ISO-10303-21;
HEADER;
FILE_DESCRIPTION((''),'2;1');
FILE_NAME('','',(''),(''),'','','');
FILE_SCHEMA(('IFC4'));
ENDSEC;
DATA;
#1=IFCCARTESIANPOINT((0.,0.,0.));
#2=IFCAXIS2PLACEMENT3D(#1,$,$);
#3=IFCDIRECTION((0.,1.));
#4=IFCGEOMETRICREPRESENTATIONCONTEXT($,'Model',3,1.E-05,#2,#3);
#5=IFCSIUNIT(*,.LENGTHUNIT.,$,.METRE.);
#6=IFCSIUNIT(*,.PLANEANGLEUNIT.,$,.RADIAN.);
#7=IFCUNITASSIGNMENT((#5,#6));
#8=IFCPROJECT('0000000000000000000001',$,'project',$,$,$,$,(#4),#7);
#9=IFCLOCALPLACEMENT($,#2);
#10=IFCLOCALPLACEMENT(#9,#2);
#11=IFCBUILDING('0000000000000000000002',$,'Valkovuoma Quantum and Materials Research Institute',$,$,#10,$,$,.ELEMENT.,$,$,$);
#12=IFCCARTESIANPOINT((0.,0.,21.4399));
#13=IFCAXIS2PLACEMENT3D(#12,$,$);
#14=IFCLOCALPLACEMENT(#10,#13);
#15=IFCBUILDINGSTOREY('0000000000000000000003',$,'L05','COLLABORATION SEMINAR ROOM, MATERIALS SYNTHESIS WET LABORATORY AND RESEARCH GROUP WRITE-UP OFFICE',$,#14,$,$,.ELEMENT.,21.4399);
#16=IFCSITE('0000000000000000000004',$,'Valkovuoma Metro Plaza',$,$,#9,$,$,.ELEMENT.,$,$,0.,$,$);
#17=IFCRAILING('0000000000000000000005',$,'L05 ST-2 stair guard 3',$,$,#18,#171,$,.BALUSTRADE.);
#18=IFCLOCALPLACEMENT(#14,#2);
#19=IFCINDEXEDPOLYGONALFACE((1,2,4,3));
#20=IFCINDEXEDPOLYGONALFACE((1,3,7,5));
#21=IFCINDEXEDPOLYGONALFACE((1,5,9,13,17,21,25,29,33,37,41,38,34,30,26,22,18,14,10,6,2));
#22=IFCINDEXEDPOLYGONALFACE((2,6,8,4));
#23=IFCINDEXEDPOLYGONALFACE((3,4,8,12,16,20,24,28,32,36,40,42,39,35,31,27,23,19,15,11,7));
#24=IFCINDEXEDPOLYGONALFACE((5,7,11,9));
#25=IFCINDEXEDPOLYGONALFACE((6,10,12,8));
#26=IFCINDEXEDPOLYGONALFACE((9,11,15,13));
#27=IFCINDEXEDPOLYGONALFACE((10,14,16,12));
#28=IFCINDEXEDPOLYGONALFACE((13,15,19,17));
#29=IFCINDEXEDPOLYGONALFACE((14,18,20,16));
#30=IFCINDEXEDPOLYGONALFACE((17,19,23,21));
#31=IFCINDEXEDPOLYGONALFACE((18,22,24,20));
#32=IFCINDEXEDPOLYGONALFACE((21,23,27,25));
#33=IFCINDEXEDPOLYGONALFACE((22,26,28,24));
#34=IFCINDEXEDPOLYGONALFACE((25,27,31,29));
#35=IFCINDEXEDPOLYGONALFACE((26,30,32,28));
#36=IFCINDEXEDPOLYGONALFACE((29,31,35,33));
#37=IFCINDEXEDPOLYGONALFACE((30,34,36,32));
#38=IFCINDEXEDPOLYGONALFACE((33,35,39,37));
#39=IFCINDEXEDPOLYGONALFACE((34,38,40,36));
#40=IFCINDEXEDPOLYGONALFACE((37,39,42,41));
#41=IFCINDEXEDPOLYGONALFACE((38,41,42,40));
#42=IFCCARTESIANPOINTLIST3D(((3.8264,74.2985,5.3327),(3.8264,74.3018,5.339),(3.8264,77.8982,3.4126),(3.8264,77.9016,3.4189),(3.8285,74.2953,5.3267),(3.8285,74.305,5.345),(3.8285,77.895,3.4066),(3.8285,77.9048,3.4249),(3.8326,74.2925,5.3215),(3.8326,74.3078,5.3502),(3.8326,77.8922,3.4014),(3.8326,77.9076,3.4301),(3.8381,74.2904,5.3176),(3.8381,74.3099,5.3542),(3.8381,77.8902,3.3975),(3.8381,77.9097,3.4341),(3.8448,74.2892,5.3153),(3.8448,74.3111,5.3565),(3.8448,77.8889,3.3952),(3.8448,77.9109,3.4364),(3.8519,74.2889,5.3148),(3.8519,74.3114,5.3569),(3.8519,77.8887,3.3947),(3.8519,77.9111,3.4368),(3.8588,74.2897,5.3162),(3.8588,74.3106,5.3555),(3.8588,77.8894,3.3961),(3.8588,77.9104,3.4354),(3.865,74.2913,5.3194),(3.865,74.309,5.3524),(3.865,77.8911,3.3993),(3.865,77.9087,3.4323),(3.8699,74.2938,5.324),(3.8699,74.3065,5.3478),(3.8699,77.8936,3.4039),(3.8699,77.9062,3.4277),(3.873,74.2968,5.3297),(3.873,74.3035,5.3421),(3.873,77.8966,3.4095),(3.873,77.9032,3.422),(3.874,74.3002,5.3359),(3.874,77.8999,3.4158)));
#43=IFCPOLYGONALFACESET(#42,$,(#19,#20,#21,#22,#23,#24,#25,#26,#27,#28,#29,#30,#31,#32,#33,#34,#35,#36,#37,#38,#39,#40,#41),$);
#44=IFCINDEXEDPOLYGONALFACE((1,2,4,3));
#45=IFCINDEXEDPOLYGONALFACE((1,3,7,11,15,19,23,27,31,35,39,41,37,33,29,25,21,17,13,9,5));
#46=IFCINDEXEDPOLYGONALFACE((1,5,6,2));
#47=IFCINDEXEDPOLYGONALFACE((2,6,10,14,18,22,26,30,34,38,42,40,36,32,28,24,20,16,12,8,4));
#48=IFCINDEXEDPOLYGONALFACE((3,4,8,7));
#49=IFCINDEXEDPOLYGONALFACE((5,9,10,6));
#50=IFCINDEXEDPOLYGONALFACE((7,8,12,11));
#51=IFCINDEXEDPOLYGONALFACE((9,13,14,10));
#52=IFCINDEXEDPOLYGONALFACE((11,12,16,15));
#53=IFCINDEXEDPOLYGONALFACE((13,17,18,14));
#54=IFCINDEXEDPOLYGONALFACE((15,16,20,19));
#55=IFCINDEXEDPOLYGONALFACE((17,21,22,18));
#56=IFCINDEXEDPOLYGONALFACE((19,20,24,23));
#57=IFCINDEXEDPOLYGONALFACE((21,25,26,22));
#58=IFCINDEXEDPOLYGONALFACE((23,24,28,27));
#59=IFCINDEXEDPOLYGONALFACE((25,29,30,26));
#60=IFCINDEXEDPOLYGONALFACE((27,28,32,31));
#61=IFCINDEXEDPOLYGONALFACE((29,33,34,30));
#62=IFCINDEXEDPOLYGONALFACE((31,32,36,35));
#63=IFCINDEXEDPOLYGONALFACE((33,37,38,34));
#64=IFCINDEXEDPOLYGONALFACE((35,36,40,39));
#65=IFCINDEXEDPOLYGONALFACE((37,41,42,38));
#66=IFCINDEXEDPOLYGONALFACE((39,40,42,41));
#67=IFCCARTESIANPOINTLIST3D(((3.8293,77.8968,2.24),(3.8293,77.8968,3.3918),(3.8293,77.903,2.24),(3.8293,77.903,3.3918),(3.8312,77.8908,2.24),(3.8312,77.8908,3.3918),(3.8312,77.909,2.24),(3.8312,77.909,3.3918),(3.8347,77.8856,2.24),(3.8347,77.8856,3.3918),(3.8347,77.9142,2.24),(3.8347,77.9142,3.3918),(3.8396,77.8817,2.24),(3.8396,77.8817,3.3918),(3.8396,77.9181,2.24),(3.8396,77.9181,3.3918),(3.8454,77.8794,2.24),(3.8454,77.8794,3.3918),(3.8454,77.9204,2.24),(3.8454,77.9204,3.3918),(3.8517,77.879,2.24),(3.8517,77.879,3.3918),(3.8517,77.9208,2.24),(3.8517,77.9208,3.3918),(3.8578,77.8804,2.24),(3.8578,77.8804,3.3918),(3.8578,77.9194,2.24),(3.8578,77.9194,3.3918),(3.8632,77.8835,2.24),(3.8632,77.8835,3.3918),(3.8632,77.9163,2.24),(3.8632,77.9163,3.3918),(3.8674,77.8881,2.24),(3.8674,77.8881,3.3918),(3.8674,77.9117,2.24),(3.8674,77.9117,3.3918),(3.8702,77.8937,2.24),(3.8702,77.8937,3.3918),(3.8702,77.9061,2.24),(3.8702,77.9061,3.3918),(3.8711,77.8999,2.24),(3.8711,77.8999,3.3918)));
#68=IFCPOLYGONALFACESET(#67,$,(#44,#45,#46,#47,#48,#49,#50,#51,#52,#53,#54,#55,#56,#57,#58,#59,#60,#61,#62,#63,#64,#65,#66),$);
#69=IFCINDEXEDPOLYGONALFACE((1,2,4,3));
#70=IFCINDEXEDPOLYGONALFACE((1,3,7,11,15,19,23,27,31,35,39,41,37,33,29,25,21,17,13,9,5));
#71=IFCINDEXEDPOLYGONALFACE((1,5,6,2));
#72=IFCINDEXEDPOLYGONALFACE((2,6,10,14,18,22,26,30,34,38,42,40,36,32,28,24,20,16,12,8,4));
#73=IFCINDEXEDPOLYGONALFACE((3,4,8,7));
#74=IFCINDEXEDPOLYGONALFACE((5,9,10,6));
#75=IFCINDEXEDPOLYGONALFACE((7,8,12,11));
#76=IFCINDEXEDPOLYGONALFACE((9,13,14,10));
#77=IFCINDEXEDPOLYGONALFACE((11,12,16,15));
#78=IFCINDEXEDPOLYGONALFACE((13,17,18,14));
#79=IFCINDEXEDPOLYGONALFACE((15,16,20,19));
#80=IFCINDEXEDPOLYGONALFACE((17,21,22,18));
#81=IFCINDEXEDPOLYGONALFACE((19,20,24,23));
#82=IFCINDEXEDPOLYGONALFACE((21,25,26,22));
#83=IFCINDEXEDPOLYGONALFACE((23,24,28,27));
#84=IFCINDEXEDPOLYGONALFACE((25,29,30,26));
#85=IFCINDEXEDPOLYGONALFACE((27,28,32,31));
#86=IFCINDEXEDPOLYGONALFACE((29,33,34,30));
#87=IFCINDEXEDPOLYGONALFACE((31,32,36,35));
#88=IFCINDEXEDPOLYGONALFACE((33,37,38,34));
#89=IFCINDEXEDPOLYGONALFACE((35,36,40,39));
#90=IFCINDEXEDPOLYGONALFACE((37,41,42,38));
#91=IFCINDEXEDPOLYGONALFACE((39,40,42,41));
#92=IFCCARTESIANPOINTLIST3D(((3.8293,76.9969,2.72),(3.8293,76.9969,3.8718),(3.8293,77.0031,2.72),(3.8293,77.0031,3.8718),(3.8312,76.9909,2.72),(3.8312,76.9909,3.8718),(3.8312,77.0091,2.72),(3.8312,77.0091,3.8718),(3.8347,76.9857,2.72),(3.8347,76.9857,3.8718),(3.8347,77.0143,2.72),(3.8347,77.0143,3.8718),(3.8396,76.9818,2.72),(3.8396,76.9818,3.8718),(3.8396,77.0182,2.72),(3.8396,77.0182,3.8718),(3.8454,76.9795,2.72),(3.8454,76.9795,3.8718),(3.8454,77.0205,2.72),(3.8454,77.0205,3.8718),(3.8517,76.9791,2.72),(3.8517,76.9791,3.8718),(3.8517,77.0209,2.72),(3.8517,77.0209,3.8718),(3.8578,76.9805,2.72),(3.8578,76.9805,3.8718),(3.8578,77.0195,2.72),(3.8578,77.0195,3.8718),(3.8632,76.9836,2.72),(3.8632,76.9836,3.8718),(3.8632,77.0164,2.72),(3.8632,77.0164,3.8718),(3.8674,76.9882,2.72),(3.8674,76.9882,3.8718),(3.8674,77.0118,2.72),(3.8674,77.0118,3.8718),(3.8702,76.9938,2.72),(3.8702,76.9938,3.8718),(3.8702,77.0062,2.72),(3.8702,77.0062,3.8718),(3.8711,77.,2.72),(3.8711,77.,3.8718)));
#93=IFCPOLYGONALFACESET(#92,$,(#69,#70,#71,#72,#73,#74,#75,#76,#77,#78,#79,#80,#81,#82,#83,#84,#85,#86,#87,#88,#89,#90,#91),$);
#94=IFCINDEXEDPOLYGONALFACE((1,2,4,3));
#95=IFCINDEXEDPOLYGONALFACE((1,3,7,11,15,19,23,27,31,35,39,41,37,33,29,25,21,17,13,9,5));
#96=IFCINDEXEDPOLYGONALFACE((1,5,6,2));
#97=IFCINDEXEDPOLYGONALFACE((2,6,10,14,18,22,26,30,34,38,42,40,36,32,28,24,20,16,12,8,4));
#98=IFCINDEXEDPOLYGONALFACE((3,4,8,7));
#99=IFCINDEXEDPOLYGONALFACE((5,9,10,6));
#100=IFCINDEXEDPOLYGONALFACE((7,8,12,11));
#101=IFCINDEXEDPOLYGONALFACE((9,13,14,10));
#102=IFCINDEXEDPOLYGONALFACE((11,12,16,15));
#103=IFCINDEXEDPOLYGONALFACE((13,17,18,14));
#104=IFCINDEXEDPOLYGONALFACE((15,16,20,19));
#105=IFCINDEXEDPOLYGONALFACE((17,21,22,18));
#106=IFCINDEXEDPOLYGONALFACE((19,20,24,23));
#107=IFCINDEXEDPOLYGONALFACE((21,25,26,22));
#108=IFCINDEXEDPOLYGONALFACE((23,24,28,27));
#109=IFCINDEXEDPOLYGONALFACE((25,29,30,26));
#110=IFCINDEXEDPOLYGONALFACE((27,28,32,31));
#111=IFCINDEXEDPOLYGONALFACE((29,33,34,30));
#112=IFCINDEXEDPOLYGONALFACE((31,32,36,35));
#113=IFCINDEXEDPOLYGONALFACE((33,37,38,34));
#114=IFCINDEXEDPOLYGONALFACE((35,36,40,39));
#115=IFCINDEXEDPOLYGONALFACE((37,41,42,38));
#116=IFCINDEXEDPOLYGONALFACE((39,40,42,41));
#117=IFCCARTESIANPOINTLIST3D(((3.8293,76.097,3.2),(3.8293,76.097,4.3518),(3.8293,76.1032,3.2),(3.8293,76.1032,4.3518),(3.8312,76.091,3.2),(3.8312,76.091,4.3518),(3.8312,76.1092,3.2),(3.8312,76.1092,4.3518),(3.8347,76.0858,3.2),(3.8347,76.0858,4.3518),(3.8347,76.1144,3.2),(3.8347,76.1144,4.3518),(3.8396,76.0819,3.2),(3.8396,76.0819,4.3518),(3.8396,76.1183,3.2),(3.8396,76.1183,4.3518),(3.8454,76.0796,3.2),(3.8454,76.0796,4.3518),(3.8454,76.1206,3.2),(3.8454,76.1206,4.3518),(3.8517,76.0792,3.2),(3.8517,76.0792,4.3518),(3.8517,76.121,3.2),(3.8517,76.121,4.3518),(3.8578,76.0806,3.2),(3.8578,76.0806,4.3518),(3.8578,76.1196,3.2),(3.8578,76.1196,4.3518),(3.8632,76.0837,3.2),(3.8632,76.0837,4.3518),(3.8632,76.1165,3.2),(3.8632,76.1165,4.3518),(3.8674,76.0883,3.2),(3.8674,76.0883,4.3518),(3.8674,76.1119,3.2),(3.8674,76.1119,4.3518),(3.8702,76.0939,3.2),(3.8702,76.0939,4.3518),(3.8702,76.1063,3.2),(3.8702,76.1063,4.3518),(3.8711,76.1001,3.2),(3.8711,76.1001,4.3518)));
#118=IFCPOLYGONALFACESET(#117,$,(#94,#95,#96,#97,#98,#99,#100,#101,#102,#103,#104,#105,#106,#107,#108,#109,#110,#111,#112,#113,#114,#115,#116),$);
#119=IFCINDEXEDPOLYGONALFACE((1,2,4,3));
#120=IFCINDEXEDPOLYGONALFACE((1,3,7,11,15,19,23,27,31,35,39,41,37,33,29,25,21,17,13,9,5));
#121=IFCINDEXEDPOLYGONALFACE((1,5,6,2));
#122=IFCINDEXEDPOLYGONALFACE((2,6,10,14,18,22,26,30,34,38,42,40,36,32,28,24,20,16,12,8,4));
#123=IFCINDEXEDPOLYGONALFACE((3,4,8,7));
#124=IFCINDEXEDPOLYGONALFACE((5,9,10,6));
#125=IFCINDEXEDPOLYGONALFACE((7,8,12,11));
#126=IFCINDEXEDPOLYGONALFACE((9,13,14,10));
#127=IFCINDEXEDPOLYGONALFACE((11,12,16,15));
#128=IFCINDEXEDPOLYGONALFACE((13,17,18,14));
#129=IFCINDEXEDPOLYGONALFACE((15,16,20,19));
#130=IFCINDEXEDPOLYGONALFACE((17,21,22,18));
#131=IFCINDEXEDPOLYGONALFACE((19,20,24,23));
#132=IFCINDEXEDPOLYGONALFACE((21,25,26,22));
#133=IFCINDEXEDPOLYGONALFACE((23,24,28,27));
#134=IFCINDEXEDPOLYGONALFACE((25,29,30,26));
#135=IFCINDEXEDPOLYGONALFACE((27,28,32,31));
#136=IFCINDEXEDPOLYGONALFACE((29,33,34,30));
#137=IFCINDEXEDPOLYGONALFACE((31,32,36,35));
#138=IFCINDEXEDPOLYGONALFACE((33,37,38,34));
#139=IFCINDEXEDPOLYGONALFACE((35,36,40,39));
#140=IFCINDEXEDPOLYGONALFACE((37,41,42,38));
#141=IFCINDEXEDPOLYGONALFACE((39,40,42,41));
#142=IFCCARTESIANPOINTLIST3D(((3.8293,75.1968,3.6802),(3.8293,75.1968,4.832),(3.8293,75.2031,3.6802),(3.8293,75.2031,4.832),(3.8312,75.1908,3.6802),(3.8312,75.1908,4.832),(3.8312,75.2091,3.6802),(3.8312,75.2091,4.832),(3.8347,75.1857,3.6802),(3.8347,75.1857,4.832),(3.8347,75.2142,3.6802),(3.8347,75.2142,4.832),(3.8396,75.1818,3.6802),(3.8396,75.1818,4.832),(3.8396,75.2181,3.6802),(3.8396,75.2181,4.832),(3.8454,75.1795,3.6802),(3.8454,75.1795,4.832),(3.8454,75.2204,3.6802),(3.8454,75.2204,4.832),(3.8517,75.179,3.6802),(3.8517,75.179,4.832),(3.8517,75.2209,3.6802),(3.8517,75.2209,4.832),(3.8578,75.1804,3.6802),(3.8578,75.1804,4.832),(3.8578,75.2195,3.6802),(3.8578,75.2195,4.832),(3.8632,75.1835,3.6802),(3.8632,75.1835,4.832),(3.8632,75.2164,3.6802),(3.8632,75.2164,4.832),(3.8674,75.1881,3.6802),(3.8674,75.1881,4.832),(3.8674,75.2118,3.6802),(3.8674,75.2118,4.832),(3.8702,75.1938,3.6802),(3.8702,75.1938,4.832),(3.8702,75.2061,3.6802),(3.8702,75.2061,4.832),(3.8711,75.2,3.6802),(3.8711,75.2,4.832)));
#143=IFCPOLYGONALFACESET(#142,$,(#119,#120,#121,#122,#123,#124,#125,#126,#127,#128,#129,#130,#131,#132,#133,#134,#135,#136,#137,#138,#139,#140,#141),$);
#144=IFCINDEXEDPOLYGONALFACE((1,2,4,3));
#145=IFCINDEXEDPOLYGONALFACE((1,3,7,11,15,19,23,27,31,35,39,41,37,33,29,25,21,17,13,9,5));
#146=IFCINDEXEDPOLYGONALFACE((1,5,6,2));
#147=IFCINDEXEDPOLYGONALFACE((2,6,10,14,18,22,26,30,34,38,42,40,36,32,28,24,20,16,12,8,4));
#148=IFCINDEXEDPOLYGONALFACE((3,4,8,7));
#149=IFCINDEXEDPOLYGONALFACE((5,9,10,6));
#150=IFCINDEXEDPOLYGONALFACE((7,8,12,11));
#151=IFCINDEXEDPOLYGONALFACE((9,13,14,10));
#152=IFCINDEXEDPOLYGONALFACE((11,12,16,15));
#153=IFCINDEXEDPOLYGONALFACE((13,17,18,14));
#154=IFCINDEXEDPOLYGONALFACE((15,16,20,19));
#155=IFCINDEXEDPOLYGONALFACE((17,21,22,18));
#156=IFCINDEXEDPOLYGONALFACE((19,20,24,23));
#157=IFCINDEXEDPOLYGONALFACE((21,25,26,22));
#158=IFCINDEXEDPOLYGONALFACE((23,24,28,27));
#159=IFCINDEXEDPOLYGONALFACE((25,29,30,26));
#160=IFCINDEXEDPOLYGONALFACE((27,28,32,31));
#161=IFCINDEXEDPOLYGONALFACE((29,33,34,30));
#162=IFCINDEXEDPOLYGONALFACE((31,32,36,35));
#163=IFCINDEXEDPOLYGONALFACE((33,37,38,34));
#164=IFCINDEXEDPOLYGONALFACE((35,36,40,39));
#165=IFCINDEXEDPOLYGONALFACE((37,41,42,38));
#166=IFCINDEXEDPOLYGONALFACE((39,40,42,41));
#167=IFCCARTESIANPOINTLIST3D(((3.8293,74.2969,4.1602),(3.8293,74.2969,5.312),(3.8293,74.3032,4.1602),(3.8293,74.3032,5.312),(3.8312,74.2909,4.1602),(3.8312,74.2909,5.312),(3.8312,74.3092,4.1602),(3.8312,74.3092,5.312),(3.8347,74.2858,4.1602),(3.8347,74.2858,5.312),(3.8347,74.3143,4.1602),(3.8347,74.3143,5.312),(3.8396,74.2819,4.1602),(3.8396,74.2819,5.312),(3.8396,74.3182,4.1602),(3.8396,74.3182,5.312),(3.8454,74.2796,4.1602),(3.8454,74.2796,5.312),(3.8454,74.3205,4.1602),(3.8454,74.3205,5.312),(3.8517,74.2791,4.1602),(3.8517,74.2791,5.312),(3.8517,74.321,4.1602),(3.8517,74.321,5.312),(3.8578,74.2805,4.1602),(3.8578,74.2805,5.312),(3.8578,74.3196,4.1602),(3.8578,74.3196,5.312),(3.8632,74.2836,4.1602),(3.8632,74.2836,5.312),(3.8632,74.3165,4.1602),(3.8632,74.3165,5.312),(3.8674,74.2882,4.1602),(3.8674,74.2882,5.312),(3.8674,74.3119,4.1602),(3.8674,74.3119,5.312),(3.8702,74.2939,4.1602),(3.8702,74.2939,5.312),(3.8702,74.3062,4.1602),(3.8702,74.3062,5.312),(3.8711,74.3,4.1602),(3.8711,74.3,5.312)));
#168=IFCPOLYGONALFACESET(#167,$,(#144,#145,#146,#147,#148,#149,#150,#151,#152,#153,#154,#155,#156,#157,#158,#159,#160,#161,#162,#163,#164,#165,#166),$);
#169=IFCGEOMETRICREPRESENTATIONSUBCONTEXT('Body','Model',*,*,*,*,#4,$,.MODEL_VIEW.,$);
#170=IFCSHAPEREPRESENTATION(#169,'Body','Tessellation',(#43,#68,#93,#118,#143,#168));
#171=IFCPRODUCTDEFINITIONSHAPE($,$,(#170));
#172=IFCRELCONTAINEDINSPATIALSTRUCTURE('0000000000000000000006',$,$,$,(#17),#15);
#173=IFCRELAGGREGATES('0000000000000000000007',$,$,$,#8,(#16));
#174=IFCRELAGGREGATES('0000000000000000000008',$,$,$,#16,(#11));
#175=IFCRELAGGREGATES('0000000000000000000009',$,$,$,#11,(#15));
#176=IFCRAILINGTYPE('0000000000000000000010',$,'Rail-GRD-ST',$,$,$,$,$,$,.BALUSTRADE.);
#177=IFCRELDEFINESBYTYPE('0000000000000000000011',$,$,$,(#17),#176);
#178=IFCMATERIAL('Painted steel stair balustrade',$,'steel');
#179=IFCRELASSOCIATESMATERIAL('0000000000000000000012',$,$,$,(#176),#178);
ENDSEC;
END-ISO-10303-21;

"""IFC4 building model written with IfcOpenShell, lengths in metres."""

from ifc_helpers import new_model, si_unit, direction, frame, origin, origin_2d, place, context, subcontext, project, spatial, circle, extrude, material, type_object, element, save


model = new_model("IFC4")

# Units and contexts
model_context = context("Model", 3, precision=1e-05, world=origin(), true_north=direction((0.0, 1.0)))
body_context = subcontext(model_context, "Body", "Model", "MODEL_VIEW")
ifc_project = project(units=[si_unit("LENGTHUNIT", "METRE"), si_unit("PLANEANGLEUNIT", "RADIAN")], contexts=[model_context])

# Site, building, storey
site_placement = place(None, origin())
site = spatial("IfcSite", under=ifc_project, at=site_placement, Name="Valkovuoma Metro Plaza", CompositionType="ELEMENT", RefElevation=0.0)
building_placement = place(site_placement, origin())
building = spatial("IfcBuilding", under=site, at=building_placement, Name="Valkovuoma Quantum and Materials Research Institute", CompositionType="ELEMENT")
storey_placement = place(building_placement, frame((0.0, 0.0, 21.4399)))
storey = spatial("IfcBuildingStorey", under=building, at=storey_placement, Name="L05", Description="COLLABORATION SEMINAR ROOM, MATERIALS SYNTHESIS WET LABORATORY AND RESEARCH GROUP WRITE-UP OFFICE", CompositionType="ELEMENT", Elevation=21.4399)

# Railing
ifc_material_1 = material(Name="Painted steel stair balustrade", Category="steel")
railing_type_1 = type_object("IfcRailingType", Name="Rail-GRD-ST", PredefinedType="BALUSTRADE", material=ifc_material_1)
railing_1_placement = place(storey_placement, frame((3.8501, 77.8999, 2.24)))
element("IfcRailing", 1, at=railing_1_placement, inside=storey, type_object=railing_type_1, Name="L05 ST-2 stair guard 3", PredefinedType="BALUSTRADE", context=body_context, shape_type="SweptSolid", body=[
    extrude(circle(Radius=0.0239, at=origin_2d()), frame((0.0, 0.0, 1.1758), z_axis=(0.0, -0.882328, 0.470635), x_axis=(1.0, 0.0, 0.0)), (0.0, 0.0, 1.0), 4.0798),
    extrude(circle(Radius=0.021, at=origin_2d()), origin(), (0.0, 0.0, 1.0), 1.1519),
    extrude(circle(Radius=0.021, at=origin_2d()), frame((0.0, -0.8999, 0.48)), (0.0, 0.0, 1.0), 1.1519),
    extrude(circle(Radius=0.021, at=origin_2d()), frame((0.0, -1.7998, 0.96)), (0.0, 0.0, 1.0), 1.1519),
    extrude(circle(Radius=0.021, at=origin_2d()), frame((0.0, -2.7, 1.4402)), (0.0, 0.0, 1.0), 1.1519),
    extrude(circle(Radius=0.021, at=origin_2d()), frame((0.0, -3.5999, 1.9202)), (0.0, 0.0, 1.0), 1.1519),
])

save(model, "model.ifc")
